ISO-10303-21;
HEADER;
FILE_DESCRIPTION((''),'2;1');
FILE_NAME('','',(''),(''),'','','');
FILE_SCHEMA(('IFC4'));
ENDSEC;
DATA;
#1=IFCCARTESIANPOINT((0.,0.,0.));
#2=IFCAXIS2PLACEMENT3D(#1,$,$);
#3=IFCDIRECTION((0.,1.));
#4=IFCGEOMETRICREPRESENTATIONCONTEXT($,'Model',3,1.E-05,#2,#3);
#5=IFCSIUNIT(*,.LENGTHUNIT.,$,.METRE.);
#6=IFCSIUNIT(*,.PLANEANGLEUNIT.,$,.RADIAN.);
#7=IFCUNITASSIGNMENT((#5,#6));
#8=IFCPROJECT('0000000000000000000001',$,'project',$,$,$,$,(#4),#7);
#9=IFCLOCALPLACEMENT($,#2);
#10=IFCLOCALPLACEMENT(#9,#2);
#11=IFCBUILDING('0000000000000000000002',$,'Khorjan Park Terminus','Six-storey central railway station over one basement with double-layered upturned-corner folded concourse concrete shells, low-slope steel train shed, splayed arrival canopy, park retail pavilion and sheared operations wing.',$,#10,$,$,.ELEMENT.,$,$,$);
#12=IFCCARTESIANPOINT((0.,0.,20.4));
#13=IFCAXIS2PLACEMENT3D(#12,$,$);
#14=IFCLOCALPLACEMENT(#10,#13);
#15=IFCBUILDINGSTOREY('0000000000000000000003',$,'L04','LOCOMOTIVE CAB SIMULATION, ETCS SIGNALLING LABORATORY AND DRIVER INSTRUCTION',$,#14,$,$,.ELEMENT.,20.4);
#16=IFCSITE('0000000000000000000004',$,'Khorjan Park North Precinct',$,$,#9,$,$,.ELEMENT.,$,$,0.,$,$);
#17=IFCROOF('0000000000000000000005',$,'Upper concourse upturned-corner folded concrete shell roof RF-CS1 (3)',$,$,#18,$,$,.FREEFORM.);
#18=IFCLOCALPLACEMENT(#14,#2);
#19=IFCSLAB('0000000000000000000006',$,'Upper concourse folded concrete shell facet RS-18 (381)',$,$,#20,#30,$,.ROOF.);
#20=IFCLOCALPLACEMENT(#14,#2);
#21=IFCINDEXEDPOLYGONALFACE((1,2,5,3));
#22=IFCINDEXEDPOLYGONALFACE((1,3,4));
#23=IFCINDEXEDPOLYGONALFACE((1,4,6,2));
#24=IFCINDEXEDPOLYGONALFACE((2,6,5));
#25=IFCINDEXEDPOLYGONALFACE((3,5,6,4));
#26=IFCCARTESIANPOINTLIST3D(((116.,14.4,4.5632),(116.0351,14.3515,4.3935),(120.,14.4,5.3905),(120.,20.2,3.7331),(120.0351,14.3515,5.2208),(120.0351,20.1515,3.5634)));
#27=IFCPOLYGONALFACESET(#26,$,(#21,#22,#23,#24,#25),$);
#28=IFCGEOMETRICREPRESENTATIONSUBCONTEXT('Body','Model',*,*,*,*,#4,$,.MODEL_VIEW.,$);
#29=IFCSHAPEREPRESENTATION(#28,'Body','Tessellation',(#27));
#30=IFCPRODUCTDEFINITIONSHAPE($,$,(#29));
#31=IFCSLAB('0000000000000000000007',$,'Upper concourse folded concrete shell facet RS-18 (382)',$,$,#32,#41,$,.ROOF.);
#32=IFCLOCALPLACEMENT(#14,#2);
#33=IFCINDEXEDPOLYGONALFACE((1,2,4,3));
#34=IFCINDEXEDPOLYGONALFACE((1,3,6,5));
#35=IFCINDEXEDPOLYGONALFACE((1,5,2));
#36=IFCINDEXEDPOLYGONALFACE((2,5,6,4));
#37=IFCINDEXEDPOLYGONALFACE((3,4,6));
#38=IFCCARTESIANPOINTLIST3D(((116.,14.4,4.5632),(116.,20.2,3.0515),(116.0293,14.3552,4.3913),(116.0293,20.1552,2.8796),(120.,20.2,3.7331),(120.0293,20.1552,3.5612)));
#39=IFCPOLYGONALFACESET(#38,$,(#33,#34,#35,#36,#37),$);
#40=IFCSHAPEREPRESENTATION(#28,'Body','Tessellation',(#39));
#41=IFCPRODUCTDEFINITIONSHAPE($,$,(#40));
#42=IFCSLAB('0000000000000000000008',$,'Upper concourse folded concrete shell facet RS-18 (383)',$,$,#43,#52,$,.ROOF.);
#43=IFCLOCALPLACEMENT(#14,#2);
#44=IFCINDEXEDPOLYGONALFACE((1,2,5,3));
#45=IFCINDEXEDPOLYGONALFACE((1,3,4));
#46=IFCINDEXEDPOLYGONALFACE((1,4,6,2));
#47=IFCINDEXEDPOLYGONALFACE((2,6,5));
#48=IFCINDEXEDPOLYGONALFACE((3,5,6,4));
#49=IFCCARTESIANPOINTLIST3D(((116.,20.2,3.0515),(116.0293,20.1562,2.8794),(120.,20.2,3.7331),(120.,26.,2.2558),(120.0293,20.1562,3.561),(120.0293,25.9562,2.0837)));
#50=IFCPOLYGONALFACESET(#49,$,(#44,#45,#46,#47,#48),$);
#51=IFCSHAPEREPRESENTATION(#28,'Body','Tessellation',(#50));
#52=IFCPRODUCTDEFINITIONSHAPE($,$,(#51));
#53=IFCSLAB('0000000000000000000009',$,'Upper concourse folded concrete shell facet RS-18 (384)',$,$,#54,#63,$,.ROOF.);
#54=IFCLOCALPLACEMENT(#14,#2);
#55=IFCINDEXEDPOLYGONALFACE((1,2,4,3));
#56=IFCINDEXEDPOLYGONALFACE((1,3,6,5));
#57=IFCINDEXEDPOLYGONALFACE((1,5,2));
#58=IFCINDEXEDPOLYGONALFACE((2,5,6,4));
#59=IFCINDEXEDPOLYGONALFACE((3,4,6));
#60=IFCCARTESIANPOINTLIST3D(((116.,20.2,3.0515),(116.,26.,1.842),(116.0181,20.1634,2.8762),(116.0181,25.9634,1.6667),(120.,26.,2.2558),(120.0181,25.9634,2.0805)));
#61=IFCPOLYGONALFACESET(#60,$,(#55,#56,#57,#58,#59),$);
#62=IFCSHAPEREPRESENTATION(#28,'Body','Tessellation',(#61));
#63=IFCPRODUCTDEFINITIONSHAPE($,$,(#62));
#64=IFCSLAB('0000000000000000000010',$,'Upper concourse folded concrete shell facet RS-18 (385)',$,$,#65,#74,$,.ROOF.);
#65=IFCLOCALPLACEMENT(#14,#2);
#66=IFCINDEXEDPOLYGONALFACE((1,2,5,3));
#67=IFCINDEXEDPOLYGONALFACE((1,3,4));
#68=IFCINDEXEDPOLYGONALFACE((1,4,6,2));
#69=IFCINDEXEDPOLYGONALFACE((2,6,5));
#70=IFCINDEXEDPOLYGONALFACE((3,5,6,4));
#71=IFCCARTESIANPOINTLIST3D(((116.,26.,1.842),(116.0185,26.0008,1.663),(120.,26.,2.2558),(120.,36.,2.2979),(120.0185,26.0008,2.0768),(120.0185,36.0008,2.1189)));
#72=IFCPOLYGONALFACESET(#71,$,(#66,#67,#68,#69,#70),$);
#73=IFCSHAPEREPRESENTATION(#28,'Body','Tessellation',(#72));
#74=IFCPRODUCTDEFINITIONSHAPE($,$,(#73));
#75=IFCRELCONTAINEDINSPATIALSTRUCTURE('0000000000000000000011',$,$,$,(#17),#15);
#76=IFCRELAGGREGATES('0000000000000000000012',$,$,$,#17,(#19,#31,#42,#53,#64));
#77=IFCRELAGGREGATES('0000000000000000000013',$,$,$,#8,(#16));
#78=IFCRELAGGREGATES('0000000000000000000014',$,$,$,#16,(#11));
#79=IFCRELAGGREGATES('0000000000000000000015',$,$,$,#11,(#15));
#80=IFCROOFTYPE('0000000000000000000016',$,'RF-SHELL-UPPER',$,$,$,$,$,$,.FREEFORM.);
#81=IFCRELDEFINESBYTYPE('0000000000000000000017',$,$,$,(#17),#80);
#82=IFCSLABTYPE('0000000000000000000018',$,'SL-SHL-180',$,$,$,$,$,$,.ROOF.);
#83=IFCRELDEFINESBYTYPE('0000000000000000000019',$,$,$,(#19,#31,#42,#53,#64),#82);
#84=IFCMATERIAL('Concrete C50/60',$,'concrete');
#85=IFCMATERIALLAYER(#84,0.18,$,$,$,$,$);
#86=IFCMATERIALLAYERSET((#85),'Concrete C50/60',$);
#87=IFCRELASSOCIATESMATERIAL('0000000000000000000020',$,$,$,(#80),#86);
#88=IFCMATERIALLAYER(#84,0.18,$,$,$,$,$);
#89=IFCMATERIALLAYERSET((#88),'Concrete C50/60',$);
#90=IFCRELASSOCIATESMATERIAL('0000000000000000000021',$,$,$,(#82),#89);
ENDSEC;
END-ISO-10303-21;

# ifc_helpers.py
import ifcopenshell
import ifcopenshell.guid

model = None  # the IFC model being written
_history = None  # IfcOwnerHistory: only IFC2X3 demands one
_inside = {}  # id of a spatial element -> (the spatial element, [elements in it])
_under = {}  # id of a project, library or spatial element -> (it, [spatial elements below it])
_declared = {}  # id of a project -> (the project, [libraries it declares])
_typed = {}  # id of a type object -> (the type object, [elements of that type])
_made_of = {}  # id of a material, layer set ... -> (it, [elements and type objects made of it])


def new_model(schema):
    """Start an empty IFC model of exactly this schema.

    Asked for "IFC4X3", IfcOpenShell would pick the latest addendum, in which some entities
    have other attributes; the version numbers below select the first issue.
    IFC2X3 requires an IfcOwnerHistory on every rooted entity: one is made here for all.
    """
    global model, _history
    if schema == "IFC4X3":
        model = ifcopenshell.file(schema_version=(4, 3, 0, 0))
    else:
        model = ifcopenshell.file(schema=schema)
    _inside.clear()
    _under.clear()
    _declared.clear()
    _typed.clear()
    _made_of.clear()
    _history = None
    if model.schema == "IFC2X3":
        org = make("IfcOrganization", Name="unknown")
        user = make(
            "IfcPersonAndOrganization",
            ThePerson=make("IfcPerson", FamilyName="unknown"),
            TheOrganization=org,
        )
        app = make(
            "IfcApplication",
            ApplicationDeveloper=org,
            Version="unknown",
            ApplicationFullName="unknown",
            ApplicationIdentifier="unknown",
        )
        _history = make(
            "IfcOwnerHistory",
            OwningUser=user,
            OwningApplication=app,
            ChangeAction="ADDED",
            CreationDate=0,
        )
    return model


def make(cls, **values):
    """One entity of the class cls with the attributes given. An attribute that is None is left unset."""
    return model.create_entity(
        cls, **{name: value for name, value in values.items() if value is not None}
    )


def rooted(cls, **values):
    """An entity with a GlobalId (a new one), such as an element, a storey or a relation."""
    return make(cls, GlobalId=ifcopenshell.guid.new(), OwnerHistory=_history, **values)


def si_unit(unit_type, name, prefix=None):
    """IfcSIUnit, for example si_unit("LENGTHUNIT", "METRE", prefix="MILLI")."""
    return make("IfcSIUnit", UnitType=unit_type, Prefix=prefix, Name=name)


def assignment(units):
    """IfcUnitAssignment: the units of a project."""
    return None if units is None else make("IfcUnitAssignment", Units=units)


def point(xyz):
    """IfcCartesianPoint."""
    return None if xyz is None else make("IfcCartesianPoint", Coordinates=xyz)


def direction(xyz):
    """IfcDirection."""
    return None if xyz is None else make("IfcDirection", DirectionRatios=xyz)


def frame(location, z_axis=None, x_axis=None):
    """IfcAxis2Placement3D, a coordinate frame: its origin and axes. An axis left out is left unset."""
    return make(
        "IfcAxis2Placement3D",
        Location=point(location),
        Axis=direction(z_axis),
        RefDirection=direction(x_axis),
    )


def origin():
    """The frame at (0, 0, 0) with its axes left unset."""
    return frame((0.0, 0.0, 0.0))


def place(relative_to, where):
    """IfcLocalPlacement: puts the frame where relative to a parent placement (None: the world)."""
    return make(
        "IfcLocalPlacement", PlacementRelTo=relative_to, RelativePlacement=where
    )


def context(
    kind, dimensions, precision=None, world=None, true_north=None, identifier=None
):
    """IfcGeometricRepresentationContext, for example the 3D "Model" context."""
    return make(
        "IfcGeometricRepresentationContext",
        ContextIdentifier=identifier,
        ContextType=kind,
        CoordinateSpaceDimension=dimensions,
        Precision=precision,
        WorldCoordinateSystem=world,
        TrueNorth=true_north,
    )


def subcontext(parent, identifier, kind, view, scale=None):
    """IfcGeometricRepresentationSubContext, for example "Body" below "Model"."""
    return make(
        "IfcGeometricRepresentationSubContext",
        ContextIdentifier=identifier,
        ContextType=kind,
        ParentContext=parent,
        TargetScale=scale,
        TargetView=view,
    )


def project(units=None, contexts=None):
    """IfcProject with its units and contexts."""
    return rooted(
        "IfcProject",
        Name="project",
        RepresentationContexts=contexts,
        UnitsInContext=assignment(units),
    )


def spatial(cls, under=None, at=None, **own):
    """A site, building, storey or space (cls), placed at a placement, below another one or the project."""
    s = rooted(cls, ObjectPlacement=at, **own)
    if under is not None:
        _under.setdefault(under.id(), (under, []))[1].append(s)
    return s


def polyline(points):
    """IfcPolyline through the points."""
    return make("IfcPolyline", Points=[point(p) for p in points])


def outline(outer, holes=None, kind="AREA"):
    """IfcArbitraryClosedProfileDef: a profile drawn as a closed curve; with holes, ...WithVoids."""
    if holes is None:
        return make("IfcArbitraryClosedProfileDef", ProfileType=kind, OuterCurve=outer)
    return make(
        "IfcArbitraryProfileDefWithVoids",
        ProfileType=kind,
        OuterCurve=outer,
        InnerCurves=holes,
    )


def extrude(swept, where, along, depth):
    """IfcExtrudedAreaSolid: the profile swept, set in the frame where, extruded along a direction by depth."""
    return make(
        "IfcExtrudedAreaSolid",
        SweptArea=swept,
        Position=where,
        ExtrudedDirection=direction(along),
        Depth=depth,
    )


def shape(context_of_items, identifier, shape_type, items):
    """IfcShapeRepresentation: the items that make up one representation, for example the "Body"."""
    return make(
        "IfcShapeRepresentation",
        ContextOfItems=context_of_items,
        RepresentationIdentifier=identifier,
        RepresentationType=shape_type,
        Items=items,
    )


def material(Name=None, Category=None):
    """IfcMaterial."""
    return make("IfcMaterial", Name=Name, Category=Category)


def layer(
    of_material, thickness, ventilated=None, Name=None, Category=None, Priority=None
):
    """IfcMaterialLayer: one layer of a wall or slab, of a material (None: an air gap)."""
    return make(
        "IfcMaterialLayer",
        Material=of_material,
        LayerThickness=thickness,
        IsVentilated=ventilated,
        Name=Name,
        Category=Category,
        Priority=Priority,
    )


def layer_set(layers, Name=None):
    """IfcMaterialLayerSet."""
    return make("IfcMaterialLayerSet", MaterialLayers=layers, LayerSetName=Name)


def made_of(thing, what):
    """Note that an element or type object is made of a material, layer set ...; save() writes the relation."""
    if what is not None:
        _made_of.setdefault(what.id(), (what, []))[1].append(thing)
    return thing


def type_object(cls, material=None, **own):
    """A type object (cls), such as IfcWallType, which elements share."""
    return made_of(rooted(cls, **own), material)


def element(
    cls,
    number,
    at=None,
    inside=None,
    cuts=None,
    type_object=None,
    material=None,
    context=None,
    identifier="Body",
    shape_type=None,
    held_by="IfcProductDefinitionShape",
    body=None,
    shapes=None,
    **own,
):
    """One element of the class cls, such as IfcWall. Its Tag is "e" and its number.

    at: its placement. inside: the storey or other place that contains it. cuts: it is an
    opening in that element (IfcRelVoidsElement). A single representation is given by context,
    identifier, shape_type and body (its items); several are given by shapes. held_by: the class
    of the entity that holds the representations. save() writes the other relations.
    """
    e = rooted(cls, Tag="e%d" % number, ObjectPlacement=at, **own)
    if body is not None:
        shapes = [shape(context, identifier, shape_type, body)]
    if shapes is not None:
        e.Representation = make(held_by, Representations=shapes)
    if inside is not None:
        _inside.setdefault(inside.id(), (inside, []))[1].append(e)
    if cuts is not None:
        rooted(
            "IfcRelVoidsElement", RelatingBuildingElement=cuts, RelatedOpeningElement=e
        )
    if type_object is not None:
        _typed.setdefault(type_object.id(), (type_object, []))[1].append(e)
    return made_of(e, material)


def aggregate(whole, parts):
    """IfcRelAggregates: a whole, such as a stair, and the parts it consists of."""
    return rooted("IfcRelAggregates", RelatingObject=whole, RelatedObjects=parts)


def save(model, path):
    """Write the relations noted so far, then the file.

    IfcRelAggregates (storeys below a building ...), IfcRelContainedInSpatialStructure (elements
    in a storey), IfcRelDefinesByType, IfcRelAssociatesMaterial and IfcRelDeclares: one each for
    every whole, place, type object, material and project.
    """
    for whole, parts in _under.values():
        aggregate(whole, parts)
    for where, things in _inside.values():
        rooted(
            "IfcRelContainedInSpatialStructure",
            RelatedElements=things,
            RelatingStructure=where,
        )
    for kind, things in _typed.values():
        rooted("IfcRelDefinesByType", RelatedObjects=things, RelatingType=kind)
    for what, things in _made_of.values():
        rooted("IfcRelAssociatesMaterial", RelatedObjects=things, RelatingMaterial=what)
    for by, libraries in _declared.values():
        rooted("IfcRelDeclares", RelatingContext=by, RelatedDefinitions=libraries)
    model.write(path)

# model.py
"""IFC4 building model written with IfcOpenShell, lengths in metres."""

from ifc_helpers import new_model, si_unit, direction, frame, origin, place, context, subcontext, project, spatial, polyline, outline, extrude, material, layer, layer_set, type_object, element, aggregate, save


model = new_model("IFC4")

# Units and contexts
model_context = context("Model", 3, precision=1e-05, world=origin(), true_north=direction((0.0, 1.0)))
body_context = subcontext(model_context, "Body", "Model", "MODEL_VIEW")
ifc_project = project(units=[si_unit("LENGTHUNIT", "METRE"), si_unit("PLANEANGLEUNIT", "RADIAN")], contexts=[model_context])

# Site, building, storey
site_placement = place(None, origin())
site = spatial("IfcSite", under=ifc_project, at=site_placement, Name="Khorjan Park North Precinct", CompositionType="ELEMENT", RefElevation=0.0)
building_placement = place(site_placement, origin())
building = spatial("IfcBuilding", under=site, at=building_placement, Name="Khorjan Park Terminus", Description="Six-storey central railway station over one basement with double-layered upturned-corner folded concourse concrete shells, low-slope steel train shed, splayed arrival canopy, park retail pavilion and sheared operations wing.", CompositionType="ELEMENT")
storey_placement = place(building_placement, frame((0.0, 0.0, 20.4)))
storey = spatial("IfcBuildingStorey", under=building, at=storey_placement, Name="L04", Description="LOCOMOTIVE CAB SIMULATION, ETCS SIGNALLING LABORATORY AND DRIVER INSTRUCTION", CompositionType="ELEMENT", Elevation=20.4)

# Roof, slabs
ifc_material = material(Name="Concrete C50/60", Category="concrete")
ifc_layer_1 = layer(ifc_material, 0.18)
ifc_layer_set_1 = layer_set([ifc_layer_1], Name="Concrete C50/60")
roof_type = type_object("IfcRoofType", Name="RF-SHELL-UPPER", PredefinedType="FREEFORM", material=ifc_layer_set_1)
roof_placement = place(storey_placement, origin())
roof = element("IfcRoof", 1, at=roof_placement, inside=storey, type_object=roof_type, Name="Upper concourse upturned-corner folded concrete shell roof RF-CS1 (3)", PredefinedType="FREEFORM")
ifc_layer_2 = layer(ifc_material, 0.18)
ifc_layer_set_2 = layer_set([ifc_layer_2], Name="Concrete C50/60")
slab_type = type_object("IfcSlabType", Name="SL-SHL-180", PredefinedType="ROOF", material=ifc_layer_set_2)
slab_1_placement = place(storey_placement, frame((116.0, 14.4, 4.5632), z_axis=(-0.195046, 0.269484, 0.943046), x_axis=(0.979274, 0.0, 0.202538)))
slab_1 = element("IfcSlab", 2, at=slab_1_placement, type_object=slab_type, Name="Upper concourse folded concrete shell facet RS-18 (381)", PredefinedType="ROOF", context=body_context, shape_type="SweptSolid", body=[
    extrude(outline(polyline([(0.0, 0.0), (4.0847, 0.0), (3.749, 6.0228), (0.0, 0.0)])), origin(), (0.0, 0.0, -1.0), 0.18),
])
slab_2_placement = place(storey_placement, frame((116.0, 14.4, 4.5632), z_axis=(-0.162694, 0.248852, 0.954779), x_axis=(0.563833, 0.817558, -0.117009)))
slab_2 = element("IfcSlab", 3, at=slab_2_placement, type_object=slab_type, Name="Upper concourse folded concrete shell facet RS-18 (382)", PredefinedType="ROOF", context=body_context, shape_type="SweptSolid", body=[
    extrude(outline(polyline([(0.0, 0.0), (7.0943, 0.0), (4.9187, 3.4251), (0.0, 0.0)])), origin(), (0.0, 0.0, -1.0), 0.18),
])
slab_3_placement = place(storey_placement, frame((116.0, 20.2, 3.0515), z_axis=(-0.162922, 0.243528, 0.956112), x_axis=(0.985791, 0.0, 0.167979)))
slab_3 = element("IfcSlab", 4, at=slab_3_placement, type_object=slab_type, Name="Upper concourse folded concrete shell facet RS-18 (383)", PredefinedType="ROOF", context=body_context, shape_type="SweptSolid", body=[
    extrude(outline(polyline([(0.0, 0.0), (4.0577, 0.0), (3.8095, 5.98), (0.0, 0.0)])), origin(), (0.0, 0.0, -1.0), 0.18),
])
slab_4_placement = place(storey_placement, frame((116.0, 20.2, 3.0515), z_axis=(-0.100756, 0.203104, 0.973959), x_axis=(0.564147, 0.818013, -0.112223)))
slab_4 = element("IfcSlab", 5, at=slab_4_placement, type_object=slab_type, Name="Upper concourse folded concrete shell facet RS-18 (384)", PredefinedType="ROOF", context=body_context, shape_type="SweptSolid", body=[
    extrude(outline(polyline([(0.0, 0.0), (7.0904, 0.0), (4.8802, 3.3595), (0.0, 0.0)])), origin(), (0.0, 0.0, -1.0), 0.18),
])
slab_5_placement = place(storey_placement, frame((116.0, 26.0, 1.842), z_axis=(-0.1029, -0.004188, 0.994683), x_axis=(0.994692, 0.0, 0.102901)))
slab_5 = element("IfcSlab", 6, at=slab_5_placement, type_object=slab_type, Name="Upper concourse folded concrete shell facet RS-18 (385)", PredefinedType="ROOF", context=body_context, shape_type="SweptSolid", body=[
    extrude(outline(polyline([(0.0, 0.0), (4.0213, 0.0), (4.0257, 10.0001), (0.0, 0.0)])), origin(), (0.0, 0.0, -1.0), 0.18),
])
aggregate(roof, [slab_1, slab_2, slab_3, slab_4, slab_5])

save(model, "model.ifc")
